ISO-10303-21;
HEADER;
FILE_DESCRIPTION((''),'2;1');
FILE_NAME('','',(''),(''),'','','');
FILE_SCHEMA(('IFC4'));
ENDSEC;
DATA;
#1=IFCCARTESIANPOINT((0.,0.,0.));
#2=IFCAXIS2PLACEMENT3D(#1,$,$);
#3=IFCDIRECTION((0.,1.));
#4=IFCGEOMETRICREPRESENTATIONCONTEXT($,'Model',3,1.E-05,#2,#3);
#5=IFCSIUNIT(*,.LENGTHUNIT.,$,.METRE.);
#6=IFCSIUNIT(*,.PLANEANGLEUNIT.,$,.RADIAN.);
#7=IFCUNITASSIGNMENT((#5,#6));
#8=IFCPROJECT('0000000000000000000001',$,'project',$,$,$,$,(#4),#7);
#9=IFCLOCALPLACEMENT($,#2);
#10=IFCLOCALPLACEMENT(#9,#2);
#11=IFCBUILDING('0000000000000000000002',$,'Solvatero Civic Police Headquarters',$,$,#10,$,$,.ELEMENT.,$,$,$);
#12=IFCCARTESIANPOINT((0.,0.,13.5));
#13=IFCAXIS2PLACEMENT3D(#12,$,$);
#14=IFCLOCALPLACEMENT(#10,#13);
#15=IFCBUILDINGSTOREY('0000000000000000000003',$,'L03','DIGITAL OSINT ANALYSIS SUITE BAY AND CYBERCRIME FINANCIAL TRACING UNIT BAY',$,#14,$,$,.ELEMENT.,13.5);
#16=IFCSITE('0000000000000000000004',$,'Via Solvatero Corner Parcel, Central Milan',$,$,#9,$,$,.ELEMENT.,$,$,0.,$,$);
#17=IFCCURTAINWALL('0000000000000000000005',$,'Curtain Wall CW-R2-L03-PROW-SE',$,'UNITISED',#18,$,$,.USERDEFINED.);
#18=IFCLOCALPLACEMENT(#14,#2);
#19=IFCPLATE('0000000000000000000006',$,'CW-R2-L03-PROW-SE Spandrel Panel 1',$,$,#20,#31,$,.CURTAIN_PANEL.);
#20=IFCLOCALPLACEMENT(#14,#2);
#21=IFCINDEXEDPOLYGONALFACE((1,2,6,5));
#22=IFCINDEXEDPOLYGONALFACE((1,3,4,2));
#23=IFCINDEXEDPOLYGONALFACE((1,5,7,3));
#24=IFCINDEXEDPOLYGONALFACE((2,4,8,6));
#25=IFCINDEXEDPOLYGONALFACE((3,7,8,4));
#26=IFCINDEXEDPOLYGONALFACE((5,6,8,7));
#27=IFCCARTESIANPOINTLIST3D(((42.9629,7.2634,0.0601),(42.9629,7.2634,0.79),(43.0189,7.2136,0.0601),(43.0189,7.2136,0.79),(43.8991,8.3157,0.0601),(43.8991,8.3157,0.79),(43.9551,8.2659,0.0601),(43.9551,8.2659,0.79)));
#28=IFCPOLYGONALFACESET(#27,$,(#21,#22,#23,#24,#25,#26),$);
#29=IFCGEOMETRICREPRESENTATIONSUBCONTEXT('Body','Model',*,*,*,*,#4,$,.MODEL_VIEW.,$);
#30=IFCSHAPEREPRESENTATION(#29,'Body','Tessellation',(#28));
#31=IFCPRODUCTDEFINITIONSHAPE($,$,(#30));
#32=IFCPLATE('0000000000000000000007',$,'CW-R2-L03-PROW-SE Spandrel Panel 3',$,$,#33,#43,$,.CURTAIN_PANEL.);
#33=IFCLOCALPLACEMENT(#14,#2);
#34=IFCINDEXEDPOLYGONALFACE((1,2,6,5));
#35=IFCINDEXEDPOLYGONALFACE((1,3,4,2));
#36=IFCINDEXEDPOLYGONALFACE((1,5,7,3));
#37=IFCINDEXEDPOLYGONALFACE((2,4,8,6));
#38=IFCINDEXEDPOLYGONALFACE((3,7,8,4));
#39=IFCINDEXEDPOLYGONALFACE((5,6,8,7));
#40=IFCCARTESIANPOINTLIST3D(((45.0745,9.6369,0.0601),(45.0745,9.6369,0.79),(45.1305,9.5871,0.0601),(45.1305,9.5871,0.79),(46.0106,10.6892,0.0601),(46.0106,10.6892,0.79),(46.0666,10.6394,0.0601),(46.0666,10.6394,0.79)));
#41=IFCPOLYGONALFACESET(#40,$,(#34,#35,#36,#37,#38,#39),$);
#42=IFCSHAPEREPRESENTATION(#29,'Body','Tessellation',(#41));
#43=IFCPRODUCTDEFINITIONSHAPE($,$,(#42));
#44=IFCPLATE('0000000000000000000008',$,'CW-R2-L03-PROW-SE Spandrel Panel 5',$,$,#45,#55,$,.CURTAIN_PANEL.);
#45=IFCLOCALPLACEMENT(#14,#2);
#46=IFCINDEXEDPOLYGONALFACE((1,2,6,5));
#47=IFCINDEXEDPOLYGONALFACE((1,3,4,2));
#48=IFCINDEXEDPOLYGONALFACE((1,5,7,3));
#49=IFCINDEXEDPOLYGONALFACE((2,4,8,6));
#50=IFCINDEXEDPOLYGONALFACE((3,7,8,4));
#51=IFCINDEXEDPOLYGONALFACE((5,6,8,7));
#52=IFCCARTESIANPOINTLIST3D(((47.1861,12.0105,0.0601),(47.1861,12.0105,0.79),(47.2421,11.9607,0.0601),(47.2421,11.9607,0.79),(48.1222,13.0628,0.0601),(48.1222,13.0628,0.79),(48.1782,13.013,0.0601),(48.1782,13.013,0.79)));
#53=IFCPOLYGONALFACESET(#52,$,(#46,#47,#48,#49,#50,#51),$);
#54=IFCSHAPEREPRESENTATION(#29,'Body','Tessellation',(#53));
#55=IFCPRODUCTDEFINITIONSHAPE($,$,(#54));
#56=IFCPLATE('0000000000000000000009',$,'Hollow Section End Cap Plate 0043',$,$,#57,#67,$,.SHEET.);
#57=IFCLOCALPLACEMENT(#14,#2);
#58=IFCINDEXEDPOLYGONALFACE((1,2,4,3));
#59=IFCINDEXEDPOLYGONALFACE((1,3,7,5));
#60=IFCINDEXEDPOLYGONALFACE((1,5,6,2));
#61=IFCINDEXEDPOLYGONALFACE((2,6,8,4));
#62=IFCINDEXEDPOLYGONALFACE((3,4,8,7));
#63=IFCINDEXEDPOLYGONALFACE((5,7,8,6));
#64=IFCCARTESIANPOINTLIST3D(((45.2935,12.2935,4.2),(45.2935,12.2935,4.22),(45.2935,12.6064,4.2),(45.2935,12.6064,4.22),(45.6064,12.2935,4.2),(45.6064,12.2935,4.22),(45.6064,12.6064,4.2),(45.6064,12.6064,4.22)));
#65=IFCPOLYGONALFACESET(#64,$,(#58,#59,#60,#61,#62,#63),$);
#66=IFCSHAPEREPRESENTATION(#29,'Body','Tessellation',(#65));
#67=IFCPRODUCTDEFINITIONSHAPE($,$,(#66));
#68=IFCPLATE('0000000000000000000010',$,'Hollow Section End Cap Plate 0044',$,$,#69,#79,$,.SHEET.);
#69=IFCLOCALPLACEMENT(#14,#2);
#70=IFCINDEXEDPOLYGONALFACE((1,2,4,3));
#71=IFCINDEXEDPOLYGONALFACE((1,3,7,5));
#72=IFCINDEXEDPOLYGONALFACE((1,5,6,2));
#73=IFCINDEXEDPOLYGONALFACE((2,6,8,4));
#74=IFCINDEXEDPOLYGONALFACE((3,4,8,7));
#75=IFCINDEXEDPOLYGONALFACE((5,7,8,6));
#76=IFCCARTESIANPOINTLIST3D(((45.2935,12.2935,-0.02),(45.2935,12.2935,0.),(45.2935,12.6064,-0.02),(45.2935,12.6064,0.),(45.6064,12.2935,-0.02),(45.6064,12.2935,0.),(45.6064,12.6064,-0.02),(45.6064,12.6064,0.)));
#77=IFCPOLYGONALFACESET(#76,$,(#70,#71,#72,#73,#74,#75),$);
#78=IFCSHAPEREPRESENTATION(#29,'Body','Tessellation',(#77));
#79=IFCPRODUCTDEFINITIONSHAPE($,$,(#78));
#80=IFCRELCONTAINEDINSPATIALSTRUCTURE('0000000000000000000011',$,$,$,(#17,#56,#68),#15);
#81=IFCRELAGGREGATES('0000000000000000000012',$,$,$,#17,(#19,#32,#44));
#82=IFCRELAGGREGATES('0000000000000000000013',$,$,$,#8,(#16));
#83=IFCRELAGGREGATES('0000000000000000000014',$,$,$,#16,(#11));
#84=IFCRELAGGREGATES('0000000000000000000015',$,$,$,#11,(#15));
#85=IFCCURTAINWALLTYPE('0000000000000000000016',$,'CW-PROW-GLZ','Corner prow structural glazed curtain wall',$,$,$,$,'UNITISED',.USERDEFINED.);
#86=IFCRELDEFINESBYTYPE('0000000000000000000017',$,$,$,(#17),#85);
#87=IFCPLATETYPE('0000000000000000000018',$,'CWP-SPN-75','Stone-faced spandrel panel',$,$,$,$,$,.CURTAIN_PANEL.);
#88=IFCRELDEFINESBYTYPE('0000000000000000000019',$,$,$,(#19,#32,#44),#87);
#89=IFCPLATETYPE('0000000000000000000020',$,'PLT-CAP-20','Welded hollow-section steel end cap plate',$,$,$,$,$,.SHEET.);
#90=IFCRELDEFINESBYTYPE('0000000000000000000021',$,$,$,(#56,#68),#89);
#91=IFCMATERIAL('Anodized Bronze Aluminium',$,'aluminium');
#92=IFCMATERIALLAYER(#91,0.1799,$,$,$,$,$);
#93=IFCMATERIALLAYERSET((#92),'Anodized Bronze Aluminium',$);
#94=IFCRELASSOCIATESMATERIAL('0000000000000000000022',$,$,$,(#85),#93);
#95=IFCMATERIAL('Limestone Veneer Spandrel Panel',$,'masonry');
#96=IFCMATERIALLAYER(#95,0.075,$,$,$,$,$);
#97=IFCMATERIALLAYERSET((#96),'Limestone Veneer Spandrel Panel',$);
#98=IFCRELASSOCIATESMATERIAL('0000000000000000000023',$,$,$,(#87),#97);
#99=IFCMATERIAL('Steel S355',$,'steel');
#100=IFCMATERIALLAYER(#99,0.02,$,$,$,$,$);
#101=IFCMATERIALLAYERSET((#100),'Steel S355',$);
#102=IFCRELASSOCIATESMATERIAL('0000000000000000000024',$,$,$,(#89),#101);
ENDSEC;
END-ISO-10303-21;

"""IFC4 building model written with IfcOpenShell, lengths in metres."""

from ifc_helpers import new_model, si_unit, direction, frame, origin, origin_2d, place, context, subcontext, project, spatial, rectangle, extrude, material, layer, layer_set, type_object, element, aggregate, save


model = new_model("IFC4")

# Units and contexts
model_context = context("Model", 3, precision=1e-05, world=origin(), true_north=direction((0.0, 1.0)))
body_context = subcontext(model_context, "Body", "Model", "MODEL_VIEW")
ifc_project = project(units=[si_unit("LENGTHUNIT", "METRE"), si_unit("PLANEANGLEUNIT", "RADIAN")], contexts=[model_context])

# Site, building, storey
site_placement = place(None, origin())
site = spatial("IfcSite", under=ifc_project, at=site_placement, Name="Via Solvatero Corner Parcel, Central Milan", CompositionType="ELEMENT", RefElevation=0.0)
building_placement = place(site_placement, origin())
building = spatial("IfcBuilding", under=site, at=building_placement, Name="Solvatero Civic Police Headquarters", CompositionType="ELEMENT")
storey_placement = place(building_placement, frame((0.0, 0.0, 13.5)))
storey = spatial("IfcBuildingStorey", under=building, at=storey_placement, Name="L03", Description="DIGITAL OSINT ANALYSIS SUITE BAY AND CYBERCRIME FINANCIAL TRACING UNIT BAY", CompositionType="ELEMENT", Elevation=13.5)

# Shared definitions
ifc_material_1 = material(Name="Steel S355", Category="steel")

# Shared definitions
ifc_material_2 = material(Name="Anodized Bronze Aluminium", Category="aluminium")
ifc_layer_1 = layer(ifc_material_2, 0.1799)
ifc_layer_set_1 = layer_set([ifc_layer_1], Name="Anodized Bronze Aluminium")
curtain_wall_type = type_object("IfcCurtainWallType", Name="CW-PROW-GLZ", Description="Corner prow structural glazed curtain wall", ElementType="UNITISED", PredefinedType="USERDEFINED", material=ifc_layer_set_1)

# Curtain wall
curtain_wall_1_placement = place(storey_placement, origin())
curtain_wall_1 = element("IfcCurtainWall", 1, at=curtain_wall_1_placement, inside=storey, type_object=curtain_wall_type, Name="Curtain Wall CW-R2-L03-PROW-SE", ObjectType="UNITISED", PredefinedType="USERDEFINED")

# Plates
ifc_material_3 = material(Name="Limestone Veneer Spandrel Panel", Category="masonry")
ifc_layer_2 = layer(ifc_material_3, 0.075)
ifc_layer_set_2 = layer_set([ifc_layer_2], Name="Limestone Veneer Spandrel Panel")
plate_type_1 = type_object("IfcPlateType", Name="CWP-SPN-75", Description="Stone-faced spandrel panel", PredefinedType="CURTAIN_PANEL", material=ifc_layer_set_2)
plate_1_placement = place(storey_placement, frame((43.459, 7.7646, 0.0601), z_axis=(0.0, 0.0, 1.0), x_axis=(0.66467, 0.747137, 0.0)))
plate_1 = element("IfcPlate", 2, at=plate_1_placement, type_object=plate_type_1, Name="CW-R2-L03-PROW-SE Spandrel Panel 1", PredefinedType="CURTAIN_PANEL", context=body_context, shape_type="SweptSolid", body=[
    extrude(rectangle(XDim=1.4084, YDim=0.075, at=origin_2d()), origin(), (0.0, 0.0, 1.0), 0.73),
])
plate_2_placement = place(storey_placement, frame((45.5706, 10.1382, 0.0601), z_axis=(0.0, 0.0, 1.0), x_axis=(0.66467, 0.747137, 0.0)))
plate_2 = element("IfcPlate", 3, at=plate_2_placement, type_object=plate_type_1, Name="CW-R2-L03-PROW-SE Spandrel Panel 3", PredefinedType="CURTAIN_PANEL", context=body_context, shape_type="SweptSolid", body=[
    extrude(rectangle(XDim=1.4084, YDim=0.075, at=origin_2d()), origin(), (0.0, 0.0, 1.0), 0.73),
])
plate_3_placement = place(storey_placement, frame((47.6821, 12.5117, 0.0601), z_axis=(0.0, 0.0, 1.0), x_axis=(0.66467, 0.747137, 0.0)))
plate_3 = element("IfcPlate", 4, at=plate_3_placement, type_object=plate_type_1, Name="CW-R2-L03-PROW-SE Spandrel Panel 5", PredefinedType="CURTAIN_PANEL", context=body_context, shape_type="SweptSolid", body=[
    extrude(rectangle(XDim=1.4084, YDim=0.075, at=origin_2d()), origin(), (0.0, 0.0, 1.0), 0.73),
])
aggregate(curtain_wall_1, [plate_1, plate_2, plate_3])

# Plates
ifc_layer_3 = layer(ifc_material_1, 0.02)
ifc_layer_set_3 = layer_set([ifc_layer_3], Name="Steel S355")
plate_type_2 = type_object("IfcPlateType", Name="PLT-CAP-20", Description="Welded hollow-section steel end cap plate", PredefinedType="SHEET", material=ifc_layer_set_3)
for number, where, z_axis, x_axis, name in (
    (5, (45.45, 12.45, 4.2), (0.0, 0.0, 1.0), (1.0, 0.0, 0.0), "Hollow Section End Cap Plate 0043"),
    (6, (45.45, 12.45, -0.02), (0.0, 0.0, 1.0), (1.0, 0.0, 0.0), "Hollow Section End Cap Plate 0044"),
):
    element("IfcPlate", number, at=place(storey_placement, frame(where, z_axis=z_axis, x_axis=x_axis)), inside=storey, type_object=plate_type_2, Name=name, PredefinedType="SHEET", context=body_context, shape_type="SweptSolid", body=[
        extrude(rectangle(XDim=0.313, YDim=0.313, at=origin_2d()), origin(), (0.0, 0.0, 1.0), 0.02),
    ])

save(model, "model.ifc")
